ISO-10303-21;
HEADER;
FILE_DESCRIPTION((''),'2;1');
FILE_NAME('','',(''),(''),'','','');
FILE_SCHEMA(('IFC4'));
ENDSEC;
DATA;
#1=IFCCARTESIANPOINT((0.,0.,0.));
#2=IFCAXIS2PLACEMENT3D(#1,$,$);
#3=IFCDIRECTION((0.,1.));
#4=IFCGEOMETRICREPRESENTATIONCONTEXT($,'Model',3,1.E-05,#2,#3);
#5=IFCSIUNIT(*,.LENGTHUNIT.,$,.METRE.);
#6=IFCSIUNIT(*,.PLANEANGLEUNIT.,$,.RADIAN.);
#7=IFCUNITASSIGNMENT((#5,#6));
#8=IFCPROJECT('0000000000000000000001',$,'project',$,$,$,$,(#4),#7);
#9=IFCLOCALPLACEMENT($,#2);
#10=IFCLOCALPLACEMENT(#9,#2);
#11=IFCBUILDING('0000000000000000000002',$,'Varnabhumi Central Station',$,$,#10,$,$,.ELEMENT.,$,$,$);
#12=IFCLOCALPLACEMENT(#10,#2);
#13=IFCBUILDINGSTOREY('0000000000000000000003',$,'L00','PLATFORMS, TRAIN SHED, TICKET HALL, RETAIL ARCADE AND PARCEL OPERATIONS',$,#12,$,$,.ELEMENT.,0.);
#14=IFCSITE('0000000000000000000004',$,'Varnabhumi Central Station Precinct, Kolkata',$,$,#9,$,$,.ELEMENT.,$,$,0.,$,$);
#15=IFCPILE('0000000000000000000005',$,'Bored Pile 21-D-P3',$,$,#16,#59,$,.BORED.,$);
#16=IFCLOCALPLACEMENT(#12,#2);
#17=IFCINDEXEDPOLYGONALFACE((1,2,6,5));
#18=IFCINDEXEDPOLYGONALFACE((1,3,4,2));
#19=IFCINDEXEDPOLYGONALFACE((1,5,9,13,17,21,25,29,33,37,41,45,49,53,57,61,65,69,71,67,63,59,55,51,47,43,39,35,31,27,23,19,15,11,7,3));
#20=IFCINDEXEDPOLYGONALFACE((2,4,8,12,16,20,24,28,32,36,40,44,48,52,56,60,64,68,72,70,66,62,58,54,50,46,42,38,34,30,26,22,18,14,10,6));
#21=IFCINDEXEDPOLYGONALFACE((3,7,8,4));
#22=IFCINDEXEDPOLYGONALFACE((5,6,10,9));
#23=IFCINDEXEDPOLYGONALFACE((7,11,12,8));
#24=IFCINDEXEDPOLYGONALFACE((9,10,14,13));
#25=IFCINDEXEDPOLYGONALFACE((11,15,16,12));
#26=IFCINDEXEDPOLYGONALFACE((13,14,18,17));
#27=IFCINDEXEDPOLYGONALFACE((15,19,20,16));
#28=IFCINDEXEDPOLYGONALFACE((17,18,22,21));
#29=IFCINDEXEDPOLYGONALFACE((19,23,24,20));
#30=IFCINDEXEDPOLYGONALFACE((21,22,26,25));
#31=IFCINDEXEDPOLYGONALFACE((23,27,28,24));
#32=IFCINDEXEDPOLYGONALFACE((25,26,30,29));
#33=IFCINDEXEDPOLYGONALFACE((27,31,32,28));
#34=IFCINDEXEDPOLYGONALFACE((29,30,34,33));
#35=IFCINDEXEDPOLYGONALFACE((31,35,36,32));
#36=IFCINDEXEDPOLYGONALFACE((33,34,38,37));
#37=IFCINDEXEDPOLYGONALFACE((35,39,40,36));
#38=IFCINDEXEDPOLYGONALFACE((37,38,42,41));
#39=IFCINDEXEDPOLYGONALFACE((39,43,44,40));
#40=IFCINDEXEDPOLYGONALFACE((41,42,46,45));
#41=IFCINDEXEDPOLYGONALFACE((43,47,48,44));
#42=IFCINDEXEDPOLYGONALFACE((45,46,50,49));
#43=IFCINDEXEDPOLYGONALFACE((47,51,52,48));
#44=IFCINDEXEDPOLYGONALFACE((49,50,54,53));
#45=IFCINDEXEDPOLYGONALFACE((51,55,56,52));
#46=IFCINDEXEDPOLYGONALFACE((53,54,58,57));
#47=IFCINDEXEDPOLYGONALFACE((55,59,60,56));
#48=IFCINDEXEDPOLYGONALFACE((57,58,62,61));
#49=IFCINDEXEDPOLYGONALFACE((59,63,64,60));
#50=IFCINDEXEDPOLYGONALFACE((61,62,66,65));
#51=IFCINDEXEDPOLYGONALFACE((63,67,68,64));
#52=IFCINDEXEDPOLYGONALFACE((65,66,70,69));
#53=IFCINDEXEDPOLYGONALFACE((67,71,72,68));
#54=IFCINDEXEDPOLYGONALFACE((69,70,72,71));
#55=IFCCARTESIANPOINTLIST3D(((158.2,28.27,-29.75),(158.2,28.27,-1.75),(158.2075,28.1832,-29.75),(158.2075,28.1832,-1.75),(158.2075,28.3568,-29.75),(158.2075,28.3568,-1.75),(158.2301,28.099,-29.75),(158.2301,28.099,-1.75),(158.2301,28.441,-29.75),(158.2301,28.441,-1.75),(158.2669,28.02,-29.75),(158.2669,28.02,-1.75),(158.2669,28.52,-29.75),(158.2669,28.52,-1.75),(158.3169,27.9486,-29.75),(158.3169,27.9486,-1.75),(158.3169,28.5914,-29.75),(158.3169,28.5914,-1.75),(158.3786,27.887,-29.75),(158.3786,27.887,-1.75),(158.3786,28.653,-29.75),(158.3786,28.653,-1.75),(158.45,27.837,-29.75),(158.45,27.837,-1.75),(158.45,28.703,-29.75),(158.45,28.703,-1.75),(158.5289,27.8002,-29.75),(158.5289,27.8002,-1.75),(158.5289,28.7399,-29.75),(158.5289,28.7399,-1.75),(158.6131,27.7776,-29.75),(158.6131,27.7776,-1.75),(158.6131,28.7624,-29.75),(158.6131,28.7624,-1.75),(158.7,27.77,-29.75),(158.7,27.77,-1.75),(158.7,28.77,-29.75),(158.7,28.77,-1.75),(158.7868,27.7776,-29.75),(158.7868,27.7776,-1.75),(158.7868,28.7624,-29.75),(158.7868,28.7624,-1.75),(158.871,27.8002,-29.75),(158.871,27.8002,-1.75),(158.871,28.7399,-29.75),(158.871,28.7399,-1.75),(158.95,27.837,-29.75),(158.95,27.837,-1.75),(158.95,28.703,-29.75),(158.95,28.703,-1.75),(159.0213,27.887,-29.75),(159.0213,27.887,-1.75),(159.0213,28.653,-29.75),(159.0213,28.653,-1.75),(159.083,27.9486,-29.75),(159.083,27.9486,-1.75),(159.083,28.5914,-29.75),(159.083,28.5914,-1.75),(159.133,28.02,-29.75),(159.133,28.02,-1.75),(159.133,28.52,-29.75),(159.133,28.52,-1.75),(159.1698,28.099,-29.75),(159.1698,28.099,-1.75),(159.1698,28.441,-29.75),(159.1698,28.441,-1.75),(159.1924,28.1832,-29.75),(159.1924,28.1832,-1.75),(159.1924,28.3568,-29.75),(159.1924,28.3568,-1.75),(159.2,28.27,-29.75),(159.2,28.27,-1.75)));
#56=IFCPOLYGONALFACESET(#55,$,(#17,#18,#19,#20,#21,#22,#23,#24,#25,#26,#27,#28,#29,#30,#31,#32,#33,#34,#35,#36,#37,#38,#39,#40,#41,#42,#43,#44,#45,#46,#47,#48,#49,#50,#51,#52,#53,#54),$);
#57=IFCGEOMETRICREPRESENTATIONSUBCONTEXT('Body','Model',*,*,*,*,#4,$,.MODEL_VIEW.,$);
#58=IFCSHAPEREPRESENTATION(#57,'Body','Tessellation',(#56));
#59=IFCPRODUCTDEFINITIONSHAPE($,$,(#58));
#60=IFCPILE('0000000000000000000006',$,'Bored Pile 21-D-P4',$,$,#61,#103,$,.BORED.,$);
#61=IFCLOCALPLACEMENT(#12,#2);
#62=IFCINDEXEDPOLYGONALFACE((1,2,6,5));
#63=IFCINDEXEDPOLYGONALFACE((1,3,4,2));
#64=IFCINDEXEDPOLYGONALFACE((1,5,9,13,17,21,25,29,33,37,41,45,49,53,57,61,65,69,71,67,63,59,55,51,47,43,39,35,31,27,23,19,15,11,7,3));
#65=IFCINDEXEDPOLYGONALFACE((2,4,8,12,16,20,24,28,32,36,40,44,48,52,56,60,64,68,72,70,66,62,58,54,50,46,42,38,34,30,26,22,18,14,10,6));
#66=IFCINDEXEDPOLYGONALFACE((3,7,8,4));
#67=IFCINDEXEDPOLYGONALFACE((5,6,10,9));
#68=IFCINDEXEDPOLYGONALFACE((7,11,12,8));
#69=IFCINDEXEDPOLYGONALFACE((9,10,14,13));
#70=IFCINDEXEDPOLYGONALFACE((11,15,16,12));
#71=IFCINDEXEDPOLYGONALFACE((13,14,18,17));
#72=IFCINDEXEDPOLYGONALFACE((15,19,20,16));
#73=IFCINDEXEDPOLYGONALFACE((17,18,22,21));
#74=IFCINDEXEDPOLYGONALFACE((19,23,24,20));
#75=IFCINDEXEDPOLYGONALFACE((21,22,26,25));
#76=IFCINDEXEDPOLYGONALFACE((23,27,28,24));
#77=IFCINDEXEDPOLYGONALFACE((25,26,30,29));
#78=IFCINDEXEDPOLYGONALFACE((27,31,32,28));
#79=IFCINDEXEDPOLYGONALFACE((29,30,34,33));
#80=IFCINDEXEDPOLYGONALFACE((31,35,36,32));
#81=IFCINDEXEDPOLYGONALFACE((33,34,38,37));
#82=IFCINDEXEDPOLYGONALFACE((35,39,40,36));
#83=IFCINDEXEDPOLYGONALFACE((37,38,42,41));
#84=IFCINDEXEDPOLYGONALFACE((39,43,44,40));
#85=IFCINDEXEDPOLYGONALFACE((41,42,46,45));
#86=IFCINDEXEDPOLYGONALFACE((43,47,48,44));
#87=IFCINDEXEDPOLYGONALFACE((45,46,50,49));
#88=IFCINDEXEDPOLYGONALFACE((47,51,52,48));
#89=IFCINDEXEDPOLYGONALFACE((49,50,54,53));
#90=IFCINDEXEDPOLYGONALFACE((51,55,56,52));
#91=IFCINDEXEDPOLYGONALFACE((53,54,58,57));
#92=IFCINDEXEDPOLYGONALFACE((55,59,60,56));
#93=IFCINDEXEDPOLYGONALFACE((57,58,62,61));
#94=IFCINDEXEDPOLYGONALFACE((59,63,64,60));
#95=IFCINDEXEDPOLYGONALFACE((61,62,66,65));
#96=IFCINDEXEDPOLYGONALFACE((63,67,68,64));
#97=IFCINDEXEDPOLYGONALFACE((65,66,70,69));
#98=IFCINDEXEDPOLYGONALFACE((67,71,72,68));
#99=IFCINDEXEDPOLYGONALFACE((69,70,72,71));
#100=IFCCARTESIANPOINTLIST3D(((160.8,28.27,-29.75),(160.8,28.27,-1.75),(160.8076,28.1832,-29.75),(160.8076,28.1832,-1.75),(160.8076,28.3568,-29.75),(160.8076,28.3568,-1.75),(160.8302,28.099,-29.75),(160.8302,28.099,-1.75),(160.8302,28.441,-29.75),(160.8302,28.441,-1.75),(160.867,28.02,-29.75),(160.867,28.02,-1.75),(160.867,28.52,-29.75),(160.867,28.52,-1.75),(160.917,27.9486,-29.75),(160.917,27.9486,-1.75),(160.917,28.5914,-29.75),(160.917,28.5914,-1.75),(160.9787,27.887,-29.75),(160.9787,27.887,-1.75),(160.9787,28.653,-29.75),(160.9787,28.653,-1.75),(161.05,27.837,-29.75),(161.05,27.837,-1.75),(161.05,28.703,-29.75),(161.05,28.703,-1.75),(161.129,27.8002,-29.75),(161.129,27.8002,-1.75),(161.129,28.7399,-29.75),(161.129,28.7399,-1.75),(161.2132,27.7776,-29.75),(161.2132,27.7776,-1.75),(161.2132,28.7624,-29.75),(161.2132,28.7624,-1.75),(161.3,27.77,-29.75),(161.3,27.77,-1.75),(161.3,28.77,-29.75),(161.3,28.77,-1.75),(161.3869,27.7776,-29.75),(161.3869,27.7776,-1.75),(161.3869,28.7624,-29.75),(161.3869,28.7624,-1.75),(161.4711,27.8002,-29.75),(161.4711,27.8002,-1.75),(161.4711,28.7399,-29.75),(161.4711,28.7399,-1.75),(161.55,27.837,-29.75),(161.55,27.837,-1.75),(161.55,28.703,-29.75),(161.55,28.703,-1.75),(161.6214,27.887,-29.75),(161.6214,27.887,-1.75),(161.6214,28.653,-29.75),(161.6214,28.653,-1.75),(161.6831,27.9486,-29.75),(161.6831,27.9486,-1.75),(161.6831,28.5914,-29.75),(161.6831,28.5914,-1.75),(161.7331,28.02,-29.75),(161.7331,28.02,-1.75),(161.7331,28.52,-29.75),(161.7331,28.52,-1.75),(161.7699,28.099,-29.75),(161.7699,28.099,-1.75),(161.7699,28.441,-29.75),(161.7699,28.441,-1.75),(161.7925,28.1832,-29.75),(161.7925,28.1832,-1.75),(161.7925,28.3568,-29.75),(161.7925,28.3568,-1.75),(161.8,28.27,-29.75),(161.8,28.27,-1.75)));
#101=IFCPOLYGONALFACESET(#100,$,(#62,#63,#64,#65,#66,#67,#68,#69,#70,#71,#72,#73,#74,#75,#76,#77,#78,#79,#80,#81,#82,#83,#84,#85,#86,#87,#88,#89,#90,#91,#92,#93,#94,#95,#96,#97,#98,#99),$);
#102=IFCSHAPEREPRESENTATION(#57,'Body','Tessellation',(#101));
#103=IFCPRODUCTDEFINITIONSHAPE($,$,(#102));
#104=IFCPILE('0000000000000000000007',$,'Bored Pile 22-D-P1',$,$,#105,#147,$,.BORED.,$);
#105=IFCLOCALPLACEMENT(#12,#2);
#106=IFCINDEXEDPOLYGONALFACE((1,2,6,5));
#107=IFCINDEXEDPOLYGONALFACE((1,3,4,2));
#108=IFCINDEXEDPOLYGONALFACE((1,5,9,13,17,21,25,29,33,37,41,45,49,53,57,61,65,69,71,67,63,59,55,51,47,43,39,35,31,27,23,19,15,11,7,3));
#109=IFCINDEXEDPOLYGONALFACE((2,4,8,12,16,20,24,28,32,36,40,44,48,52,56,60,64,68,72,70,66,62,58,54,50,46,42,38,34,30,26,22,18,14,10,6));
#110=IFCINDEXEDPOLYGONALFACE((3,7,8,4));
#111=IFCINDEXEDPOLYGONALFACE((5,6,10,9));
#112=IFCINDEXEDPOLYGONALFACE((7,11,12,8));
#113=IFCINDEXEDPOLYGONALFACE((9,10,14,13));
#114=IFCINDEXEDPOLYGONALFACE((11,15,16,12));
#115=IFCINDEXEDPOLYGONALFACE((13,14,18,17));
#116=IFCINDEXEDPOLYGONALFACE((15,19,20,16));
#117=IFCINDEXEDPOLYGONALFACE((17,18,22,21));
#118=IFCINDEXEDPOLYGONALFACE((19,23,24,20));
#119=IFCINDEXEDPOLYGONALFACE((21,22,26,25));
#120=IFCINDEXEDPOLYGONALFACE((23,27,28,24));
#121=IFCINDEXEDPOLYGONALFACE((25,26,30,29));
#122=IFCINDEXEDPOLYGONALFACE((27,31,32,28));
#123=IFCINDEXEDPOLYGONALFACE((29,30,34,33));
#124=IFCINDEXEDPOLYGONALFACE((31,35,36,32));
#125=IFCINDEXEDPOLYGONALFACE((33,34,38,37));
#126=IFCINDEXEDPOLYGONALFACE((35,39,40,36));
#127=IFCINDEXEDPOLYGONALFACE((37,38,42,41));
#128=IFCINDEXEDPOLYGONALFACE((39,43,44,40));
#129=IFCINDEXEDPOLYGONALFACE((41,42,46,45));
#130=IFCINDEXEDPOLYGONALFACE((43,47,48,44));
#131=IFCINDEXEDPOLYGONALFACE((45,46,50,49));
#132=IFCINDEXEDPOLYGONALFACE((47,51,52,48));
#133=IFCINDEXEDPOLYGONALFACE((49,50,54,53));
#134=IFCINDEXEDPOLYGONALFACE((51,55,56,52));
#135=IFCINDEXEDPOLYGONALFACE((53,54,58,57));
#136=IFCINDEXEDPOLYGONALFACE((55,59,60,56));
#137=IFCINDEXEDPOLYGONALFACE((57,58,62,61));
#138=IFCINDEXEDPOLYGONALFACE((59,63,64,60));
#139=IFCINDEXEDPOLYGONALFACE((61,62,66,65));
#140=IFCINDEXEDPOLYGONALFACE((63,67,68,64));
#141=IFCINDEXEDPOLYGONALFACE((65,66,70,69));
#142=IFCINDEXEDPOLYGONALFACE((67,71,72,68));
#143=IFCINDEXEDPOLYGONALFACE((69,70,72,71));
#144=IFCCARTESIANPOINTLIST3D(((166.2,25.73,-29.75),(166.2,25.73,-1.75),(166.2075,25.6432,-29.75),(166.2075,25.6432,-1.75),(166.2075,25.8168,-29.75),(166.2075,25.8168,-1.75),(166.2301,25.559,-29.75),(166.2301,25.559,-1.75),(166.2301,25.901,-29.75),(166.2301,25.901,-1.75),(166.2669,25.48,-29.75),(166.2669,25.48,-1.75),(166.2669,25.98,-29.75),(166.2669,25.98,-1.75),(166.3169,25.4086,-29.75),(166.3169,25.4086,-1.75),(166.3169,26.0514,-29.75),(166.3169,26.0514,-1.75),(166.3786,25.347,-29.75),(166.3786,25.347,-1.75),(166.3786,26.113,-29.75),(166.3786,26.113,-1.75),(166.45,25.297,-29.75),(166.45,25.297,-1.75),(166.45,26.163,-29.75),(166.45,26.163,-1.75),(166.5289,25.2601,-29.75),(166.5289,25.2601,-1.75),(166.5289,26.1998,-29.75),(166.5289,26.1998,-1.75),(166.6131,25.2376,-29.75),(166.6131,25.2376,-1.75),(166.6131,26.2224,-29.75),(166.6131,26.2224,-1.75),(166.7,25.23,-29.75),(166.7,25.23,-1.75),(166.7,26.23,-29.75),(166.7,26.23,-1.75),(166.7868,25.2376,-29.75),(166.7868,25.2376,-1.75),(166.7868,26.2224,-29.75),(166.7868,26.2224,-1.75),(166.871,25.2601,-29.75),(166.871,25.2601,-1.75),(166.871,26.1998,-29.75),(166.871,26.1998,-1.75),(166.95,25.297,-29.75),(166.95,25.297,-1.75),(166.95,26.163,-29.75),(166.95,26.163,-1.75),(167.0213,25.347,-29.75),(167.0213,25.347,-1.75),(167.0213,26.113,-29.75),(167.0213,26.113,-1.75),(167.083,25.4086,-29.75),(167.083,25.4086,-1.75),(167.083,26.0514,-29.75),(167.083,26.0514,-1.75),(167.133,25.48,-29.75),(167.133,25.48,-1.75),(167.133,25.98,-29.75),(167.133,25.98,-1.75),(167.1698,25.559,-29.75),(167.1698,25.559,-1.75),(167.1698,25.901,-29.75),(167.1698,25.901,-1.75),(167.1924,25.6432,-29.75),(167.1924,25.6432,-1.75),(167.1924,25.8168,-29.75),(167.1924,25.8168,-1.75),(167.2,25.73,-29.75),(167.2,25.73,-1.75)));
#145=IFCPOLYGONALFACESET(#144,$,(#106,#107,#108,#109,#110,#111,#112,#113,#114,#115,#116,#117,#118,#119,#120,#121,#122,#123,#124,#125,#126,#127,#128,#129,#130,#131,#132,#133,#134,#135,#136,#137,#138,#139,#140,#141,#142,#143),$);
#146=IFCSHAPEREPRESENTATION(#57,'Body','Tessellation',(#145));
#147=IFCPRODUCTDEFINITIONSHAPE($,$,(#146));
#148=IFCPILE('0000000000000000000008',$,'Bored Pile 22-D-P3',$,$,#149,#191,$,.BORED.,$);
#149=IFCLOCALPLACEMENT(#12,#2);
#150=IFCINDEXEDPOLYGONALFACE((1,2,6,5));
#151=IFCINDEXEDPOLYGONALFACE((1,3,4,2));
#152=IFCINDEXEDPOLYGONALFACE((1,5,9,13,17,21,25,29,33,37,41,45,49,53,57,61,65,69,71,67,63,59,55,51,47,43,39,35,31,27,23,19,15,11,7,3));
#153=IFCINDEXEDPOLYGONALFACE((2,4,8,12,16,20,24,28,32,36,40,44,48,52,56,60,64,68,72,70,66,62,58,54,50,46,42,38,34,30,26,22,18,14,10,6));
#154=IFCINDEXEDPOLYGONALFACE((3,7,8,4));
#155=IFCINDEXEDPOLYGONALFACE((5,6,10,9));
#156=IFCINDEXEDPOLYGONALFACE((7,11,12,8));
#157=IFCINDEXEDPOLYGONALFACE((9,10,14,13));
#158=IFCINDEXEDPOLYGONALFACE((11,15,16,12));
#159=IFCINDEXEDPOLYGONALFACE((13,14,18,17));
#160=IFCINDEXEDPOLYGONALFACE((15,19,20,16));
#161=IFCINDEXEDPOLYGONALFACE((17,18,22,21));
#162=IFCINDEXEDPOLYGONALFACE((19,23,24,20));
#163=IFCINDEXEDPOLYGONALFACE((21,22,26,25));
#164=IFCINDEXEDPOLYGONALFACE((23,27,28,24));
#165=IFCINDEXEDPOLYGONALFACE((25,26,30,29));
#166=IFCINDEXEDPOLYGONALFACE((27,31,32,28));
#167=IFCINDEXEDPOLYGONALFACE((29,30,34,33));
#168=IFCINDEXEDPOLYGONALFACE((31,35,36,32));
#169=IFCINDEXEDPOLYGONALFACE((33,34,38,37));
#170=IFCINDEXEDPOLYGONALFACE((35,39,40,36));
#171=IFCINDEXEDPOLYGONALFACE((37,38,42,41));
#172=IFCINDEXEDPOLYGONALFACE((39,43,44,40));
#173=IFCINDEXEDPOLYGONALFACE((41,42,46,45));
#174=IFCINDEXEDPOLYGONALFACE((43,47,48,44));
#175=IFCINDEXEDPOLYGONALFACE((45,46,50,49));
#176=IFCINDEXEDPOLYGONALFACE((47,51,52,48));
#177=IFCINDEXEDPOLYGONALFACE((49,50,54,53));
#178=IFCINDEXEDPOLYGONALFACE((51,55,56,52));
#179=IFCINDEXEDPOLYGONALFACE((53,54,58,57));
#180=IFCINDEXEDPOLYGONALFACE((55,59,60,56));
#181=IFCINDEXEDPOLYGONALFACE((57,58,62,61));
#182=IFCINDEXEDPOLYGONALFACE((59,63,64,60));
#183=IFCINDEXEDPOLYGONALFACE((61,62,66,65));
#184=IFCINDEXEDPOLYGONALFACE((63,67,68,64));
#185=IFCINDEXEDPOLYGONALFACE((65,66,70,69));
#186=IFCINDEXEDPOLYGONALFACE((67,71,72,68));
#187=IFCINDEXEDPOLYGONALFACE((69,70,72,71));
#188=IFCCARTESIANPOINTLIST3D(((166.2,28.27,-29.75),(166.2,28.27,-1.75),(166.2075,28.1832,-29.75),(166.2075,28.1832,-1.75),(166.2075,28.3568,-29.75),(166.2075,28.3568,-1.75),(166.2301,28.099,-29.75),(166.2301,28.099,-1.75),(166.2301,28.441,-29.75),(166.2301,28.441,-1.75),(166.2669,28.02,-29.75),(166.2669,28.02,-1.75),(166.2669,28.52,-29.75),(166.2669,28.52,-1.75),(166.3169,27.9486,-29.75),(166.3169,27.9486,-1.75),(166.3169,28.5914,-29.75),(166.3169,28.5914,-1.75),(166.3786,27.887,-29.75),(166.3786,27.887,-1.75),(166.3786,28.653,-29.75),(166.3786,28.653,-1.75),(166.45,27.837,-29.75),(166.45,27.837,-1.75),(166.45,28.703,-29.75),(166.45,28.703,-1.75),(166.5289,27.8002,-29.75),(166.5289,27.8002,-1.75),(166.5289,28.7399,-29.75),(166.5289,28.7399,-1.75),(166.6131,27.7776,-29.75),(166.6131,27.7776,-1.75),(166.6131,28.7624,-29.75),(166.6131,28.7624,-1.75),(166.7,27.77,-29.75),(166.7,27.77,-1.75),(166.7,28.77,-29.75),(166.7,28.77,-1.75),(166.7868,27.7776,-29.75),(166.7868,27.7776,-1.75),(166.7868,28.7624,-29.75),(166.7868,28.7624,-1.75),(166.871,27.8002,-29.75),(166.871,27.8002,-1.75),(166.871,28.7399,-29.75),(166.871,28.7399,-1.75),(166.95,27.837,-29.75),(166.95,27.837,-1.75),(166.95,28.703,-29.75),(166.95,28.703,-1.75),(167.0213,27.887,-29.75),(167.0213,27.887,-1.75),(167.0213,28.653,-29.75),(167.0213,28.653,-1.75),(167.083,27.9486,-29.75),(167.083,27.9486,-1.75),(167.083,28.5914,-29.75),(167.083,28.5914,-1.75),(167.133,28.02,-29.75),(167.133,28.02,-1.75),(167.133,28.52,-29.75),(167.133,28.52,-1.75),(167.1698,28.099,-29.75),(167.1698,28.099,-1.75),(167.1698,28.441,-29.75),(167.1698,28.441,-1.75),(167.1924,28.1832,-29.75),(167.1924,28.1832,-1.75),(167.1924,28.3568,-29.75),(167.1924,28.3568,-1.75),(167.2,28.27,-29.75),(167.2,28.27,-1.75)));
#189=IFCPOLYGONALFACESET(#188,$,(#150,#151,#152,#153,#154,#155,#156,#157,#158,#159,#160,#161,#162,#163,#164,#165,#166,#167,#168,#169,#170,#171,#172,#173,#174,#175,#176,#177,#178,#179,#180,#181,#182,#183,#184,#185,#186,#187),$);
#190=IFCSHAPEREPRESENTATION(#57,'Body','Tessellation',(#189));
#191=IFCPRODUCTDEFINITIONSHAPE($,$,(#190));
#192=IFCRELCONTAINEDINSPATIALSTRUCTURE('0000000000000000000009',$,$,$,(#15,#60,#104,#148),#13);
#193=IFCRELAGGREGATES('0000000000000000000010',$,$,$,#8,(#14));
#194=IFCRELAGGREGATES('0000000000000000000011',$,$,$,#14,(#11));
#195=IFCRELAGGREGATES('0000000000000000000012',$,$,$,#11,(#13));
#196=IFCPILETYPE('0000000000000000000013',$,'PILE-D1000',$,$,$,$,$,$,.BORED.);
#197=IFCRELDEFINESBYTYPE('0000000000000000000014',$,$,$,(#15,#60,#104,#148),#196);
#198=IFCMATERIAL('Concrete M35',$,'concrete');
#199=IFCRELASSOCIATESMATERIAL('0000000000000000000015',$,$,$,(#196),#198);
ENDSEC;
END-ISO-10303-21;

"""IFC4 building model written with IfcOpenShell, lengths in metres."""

from ifc_helpers import new_model, si_unit, direction, frame, origin, origin_2d, place, context, subcontext, project, spatial, circle, extrude, material, material_profile, profile_set, type_object, element, save


model = new_model("IFC4")

# Units and contexts
model_context = context("Model", 3, precision=1e-05, world=origin(), true_north=direction((0.0, 1.0)))
body_context = subcontext(model_context, "Body", "Model", "MODEL_VIEW")
ifc_project = project(units=[si_unit("LENGTHUNIT", "METRE"), si_unit("PLANEANGLEUNIT", "RADIAN")], contexts=[model_context])

# Site, building, storey
site_placement = place(None, origin())
site = spatial("IfcSite", under=ifc_project, at=site_placement, Name="Varnabhumi Central Station Precinct, Kolkata", CompositionType="ELEMENT", RefElevation=0.0)
building_placement = place(site_placement, origin())
building = spatial("IfcBuilding", under=site, at=building_placement, Name="Varnabhumi Central Station", CompositionType="ELEMENT")
storey_placement = place(building_placement, origin())
storey = spatial("IfcBuildingStorey", under=building, at=storey_placement, Name="L00", Description="PLATFORMS, TRAIN SHED, TICKET HALL, RETAIL ARCADE AND PARCEL OPERATIONS", CompositionType="ELEMENT", Elevation=0.0)

# Piles
ifc_material_1 = material(Name="Concrete M35", Category="concrete")
ifc_material_profile_1 = material_profile(ifc_material_1, circle(Radius=0.5, at=origin_2d()), Name="Concrete M35", Category="concrete")
ifc_profile_set_1 = profile_set([ifc_material_profile_1], Name="Concrete M35")
pile_type_1 = type_object("IfcPileType", Name="PILE-D1000", PredefinedType="BORED", material=ifc_profile_set_1)
for number, where, z_axis, x_axis, name in (
    (1, (158.7, 28.27, -1.75), (0.0, 0.0, -1.0), (1.0, 0.0, 0.0), "Bored Pile 21-D-P3"),
    (2, (161.3, 28.27, -1.75), (0.0, 0.0, -1.0), (1.0, 0.0, 0.0), "Bored Pile 21-D-P4"),
    (3, (166.7, 25.73, -1.75), (0.0, 0.0, -1.0), (1.0, 0.0, 0.0), "Bored Pile 22-D-P1"),
    (4, (166.7, 28.27, -1.75), (0.0, 0.0, -1.0), (1.0, 0.0, 0.0), "Bored Pile 22-D-P3"),
):
    element("IfcPile", number, at=place(storey_placement, frame(where, z_axis=z_axis, x_axis=x_axis)), inside=storey, type_object=pile_type_1, Name=name, PredefinedType="BORED", context=body_context, shape_type="SweptSolid", body=[
        extrude(circle(Radius=0.5, at=origin_2d()), origin(), (0.0, 0.0, 1.0), 28.0),
    ])

save(model, "model.ifc")
